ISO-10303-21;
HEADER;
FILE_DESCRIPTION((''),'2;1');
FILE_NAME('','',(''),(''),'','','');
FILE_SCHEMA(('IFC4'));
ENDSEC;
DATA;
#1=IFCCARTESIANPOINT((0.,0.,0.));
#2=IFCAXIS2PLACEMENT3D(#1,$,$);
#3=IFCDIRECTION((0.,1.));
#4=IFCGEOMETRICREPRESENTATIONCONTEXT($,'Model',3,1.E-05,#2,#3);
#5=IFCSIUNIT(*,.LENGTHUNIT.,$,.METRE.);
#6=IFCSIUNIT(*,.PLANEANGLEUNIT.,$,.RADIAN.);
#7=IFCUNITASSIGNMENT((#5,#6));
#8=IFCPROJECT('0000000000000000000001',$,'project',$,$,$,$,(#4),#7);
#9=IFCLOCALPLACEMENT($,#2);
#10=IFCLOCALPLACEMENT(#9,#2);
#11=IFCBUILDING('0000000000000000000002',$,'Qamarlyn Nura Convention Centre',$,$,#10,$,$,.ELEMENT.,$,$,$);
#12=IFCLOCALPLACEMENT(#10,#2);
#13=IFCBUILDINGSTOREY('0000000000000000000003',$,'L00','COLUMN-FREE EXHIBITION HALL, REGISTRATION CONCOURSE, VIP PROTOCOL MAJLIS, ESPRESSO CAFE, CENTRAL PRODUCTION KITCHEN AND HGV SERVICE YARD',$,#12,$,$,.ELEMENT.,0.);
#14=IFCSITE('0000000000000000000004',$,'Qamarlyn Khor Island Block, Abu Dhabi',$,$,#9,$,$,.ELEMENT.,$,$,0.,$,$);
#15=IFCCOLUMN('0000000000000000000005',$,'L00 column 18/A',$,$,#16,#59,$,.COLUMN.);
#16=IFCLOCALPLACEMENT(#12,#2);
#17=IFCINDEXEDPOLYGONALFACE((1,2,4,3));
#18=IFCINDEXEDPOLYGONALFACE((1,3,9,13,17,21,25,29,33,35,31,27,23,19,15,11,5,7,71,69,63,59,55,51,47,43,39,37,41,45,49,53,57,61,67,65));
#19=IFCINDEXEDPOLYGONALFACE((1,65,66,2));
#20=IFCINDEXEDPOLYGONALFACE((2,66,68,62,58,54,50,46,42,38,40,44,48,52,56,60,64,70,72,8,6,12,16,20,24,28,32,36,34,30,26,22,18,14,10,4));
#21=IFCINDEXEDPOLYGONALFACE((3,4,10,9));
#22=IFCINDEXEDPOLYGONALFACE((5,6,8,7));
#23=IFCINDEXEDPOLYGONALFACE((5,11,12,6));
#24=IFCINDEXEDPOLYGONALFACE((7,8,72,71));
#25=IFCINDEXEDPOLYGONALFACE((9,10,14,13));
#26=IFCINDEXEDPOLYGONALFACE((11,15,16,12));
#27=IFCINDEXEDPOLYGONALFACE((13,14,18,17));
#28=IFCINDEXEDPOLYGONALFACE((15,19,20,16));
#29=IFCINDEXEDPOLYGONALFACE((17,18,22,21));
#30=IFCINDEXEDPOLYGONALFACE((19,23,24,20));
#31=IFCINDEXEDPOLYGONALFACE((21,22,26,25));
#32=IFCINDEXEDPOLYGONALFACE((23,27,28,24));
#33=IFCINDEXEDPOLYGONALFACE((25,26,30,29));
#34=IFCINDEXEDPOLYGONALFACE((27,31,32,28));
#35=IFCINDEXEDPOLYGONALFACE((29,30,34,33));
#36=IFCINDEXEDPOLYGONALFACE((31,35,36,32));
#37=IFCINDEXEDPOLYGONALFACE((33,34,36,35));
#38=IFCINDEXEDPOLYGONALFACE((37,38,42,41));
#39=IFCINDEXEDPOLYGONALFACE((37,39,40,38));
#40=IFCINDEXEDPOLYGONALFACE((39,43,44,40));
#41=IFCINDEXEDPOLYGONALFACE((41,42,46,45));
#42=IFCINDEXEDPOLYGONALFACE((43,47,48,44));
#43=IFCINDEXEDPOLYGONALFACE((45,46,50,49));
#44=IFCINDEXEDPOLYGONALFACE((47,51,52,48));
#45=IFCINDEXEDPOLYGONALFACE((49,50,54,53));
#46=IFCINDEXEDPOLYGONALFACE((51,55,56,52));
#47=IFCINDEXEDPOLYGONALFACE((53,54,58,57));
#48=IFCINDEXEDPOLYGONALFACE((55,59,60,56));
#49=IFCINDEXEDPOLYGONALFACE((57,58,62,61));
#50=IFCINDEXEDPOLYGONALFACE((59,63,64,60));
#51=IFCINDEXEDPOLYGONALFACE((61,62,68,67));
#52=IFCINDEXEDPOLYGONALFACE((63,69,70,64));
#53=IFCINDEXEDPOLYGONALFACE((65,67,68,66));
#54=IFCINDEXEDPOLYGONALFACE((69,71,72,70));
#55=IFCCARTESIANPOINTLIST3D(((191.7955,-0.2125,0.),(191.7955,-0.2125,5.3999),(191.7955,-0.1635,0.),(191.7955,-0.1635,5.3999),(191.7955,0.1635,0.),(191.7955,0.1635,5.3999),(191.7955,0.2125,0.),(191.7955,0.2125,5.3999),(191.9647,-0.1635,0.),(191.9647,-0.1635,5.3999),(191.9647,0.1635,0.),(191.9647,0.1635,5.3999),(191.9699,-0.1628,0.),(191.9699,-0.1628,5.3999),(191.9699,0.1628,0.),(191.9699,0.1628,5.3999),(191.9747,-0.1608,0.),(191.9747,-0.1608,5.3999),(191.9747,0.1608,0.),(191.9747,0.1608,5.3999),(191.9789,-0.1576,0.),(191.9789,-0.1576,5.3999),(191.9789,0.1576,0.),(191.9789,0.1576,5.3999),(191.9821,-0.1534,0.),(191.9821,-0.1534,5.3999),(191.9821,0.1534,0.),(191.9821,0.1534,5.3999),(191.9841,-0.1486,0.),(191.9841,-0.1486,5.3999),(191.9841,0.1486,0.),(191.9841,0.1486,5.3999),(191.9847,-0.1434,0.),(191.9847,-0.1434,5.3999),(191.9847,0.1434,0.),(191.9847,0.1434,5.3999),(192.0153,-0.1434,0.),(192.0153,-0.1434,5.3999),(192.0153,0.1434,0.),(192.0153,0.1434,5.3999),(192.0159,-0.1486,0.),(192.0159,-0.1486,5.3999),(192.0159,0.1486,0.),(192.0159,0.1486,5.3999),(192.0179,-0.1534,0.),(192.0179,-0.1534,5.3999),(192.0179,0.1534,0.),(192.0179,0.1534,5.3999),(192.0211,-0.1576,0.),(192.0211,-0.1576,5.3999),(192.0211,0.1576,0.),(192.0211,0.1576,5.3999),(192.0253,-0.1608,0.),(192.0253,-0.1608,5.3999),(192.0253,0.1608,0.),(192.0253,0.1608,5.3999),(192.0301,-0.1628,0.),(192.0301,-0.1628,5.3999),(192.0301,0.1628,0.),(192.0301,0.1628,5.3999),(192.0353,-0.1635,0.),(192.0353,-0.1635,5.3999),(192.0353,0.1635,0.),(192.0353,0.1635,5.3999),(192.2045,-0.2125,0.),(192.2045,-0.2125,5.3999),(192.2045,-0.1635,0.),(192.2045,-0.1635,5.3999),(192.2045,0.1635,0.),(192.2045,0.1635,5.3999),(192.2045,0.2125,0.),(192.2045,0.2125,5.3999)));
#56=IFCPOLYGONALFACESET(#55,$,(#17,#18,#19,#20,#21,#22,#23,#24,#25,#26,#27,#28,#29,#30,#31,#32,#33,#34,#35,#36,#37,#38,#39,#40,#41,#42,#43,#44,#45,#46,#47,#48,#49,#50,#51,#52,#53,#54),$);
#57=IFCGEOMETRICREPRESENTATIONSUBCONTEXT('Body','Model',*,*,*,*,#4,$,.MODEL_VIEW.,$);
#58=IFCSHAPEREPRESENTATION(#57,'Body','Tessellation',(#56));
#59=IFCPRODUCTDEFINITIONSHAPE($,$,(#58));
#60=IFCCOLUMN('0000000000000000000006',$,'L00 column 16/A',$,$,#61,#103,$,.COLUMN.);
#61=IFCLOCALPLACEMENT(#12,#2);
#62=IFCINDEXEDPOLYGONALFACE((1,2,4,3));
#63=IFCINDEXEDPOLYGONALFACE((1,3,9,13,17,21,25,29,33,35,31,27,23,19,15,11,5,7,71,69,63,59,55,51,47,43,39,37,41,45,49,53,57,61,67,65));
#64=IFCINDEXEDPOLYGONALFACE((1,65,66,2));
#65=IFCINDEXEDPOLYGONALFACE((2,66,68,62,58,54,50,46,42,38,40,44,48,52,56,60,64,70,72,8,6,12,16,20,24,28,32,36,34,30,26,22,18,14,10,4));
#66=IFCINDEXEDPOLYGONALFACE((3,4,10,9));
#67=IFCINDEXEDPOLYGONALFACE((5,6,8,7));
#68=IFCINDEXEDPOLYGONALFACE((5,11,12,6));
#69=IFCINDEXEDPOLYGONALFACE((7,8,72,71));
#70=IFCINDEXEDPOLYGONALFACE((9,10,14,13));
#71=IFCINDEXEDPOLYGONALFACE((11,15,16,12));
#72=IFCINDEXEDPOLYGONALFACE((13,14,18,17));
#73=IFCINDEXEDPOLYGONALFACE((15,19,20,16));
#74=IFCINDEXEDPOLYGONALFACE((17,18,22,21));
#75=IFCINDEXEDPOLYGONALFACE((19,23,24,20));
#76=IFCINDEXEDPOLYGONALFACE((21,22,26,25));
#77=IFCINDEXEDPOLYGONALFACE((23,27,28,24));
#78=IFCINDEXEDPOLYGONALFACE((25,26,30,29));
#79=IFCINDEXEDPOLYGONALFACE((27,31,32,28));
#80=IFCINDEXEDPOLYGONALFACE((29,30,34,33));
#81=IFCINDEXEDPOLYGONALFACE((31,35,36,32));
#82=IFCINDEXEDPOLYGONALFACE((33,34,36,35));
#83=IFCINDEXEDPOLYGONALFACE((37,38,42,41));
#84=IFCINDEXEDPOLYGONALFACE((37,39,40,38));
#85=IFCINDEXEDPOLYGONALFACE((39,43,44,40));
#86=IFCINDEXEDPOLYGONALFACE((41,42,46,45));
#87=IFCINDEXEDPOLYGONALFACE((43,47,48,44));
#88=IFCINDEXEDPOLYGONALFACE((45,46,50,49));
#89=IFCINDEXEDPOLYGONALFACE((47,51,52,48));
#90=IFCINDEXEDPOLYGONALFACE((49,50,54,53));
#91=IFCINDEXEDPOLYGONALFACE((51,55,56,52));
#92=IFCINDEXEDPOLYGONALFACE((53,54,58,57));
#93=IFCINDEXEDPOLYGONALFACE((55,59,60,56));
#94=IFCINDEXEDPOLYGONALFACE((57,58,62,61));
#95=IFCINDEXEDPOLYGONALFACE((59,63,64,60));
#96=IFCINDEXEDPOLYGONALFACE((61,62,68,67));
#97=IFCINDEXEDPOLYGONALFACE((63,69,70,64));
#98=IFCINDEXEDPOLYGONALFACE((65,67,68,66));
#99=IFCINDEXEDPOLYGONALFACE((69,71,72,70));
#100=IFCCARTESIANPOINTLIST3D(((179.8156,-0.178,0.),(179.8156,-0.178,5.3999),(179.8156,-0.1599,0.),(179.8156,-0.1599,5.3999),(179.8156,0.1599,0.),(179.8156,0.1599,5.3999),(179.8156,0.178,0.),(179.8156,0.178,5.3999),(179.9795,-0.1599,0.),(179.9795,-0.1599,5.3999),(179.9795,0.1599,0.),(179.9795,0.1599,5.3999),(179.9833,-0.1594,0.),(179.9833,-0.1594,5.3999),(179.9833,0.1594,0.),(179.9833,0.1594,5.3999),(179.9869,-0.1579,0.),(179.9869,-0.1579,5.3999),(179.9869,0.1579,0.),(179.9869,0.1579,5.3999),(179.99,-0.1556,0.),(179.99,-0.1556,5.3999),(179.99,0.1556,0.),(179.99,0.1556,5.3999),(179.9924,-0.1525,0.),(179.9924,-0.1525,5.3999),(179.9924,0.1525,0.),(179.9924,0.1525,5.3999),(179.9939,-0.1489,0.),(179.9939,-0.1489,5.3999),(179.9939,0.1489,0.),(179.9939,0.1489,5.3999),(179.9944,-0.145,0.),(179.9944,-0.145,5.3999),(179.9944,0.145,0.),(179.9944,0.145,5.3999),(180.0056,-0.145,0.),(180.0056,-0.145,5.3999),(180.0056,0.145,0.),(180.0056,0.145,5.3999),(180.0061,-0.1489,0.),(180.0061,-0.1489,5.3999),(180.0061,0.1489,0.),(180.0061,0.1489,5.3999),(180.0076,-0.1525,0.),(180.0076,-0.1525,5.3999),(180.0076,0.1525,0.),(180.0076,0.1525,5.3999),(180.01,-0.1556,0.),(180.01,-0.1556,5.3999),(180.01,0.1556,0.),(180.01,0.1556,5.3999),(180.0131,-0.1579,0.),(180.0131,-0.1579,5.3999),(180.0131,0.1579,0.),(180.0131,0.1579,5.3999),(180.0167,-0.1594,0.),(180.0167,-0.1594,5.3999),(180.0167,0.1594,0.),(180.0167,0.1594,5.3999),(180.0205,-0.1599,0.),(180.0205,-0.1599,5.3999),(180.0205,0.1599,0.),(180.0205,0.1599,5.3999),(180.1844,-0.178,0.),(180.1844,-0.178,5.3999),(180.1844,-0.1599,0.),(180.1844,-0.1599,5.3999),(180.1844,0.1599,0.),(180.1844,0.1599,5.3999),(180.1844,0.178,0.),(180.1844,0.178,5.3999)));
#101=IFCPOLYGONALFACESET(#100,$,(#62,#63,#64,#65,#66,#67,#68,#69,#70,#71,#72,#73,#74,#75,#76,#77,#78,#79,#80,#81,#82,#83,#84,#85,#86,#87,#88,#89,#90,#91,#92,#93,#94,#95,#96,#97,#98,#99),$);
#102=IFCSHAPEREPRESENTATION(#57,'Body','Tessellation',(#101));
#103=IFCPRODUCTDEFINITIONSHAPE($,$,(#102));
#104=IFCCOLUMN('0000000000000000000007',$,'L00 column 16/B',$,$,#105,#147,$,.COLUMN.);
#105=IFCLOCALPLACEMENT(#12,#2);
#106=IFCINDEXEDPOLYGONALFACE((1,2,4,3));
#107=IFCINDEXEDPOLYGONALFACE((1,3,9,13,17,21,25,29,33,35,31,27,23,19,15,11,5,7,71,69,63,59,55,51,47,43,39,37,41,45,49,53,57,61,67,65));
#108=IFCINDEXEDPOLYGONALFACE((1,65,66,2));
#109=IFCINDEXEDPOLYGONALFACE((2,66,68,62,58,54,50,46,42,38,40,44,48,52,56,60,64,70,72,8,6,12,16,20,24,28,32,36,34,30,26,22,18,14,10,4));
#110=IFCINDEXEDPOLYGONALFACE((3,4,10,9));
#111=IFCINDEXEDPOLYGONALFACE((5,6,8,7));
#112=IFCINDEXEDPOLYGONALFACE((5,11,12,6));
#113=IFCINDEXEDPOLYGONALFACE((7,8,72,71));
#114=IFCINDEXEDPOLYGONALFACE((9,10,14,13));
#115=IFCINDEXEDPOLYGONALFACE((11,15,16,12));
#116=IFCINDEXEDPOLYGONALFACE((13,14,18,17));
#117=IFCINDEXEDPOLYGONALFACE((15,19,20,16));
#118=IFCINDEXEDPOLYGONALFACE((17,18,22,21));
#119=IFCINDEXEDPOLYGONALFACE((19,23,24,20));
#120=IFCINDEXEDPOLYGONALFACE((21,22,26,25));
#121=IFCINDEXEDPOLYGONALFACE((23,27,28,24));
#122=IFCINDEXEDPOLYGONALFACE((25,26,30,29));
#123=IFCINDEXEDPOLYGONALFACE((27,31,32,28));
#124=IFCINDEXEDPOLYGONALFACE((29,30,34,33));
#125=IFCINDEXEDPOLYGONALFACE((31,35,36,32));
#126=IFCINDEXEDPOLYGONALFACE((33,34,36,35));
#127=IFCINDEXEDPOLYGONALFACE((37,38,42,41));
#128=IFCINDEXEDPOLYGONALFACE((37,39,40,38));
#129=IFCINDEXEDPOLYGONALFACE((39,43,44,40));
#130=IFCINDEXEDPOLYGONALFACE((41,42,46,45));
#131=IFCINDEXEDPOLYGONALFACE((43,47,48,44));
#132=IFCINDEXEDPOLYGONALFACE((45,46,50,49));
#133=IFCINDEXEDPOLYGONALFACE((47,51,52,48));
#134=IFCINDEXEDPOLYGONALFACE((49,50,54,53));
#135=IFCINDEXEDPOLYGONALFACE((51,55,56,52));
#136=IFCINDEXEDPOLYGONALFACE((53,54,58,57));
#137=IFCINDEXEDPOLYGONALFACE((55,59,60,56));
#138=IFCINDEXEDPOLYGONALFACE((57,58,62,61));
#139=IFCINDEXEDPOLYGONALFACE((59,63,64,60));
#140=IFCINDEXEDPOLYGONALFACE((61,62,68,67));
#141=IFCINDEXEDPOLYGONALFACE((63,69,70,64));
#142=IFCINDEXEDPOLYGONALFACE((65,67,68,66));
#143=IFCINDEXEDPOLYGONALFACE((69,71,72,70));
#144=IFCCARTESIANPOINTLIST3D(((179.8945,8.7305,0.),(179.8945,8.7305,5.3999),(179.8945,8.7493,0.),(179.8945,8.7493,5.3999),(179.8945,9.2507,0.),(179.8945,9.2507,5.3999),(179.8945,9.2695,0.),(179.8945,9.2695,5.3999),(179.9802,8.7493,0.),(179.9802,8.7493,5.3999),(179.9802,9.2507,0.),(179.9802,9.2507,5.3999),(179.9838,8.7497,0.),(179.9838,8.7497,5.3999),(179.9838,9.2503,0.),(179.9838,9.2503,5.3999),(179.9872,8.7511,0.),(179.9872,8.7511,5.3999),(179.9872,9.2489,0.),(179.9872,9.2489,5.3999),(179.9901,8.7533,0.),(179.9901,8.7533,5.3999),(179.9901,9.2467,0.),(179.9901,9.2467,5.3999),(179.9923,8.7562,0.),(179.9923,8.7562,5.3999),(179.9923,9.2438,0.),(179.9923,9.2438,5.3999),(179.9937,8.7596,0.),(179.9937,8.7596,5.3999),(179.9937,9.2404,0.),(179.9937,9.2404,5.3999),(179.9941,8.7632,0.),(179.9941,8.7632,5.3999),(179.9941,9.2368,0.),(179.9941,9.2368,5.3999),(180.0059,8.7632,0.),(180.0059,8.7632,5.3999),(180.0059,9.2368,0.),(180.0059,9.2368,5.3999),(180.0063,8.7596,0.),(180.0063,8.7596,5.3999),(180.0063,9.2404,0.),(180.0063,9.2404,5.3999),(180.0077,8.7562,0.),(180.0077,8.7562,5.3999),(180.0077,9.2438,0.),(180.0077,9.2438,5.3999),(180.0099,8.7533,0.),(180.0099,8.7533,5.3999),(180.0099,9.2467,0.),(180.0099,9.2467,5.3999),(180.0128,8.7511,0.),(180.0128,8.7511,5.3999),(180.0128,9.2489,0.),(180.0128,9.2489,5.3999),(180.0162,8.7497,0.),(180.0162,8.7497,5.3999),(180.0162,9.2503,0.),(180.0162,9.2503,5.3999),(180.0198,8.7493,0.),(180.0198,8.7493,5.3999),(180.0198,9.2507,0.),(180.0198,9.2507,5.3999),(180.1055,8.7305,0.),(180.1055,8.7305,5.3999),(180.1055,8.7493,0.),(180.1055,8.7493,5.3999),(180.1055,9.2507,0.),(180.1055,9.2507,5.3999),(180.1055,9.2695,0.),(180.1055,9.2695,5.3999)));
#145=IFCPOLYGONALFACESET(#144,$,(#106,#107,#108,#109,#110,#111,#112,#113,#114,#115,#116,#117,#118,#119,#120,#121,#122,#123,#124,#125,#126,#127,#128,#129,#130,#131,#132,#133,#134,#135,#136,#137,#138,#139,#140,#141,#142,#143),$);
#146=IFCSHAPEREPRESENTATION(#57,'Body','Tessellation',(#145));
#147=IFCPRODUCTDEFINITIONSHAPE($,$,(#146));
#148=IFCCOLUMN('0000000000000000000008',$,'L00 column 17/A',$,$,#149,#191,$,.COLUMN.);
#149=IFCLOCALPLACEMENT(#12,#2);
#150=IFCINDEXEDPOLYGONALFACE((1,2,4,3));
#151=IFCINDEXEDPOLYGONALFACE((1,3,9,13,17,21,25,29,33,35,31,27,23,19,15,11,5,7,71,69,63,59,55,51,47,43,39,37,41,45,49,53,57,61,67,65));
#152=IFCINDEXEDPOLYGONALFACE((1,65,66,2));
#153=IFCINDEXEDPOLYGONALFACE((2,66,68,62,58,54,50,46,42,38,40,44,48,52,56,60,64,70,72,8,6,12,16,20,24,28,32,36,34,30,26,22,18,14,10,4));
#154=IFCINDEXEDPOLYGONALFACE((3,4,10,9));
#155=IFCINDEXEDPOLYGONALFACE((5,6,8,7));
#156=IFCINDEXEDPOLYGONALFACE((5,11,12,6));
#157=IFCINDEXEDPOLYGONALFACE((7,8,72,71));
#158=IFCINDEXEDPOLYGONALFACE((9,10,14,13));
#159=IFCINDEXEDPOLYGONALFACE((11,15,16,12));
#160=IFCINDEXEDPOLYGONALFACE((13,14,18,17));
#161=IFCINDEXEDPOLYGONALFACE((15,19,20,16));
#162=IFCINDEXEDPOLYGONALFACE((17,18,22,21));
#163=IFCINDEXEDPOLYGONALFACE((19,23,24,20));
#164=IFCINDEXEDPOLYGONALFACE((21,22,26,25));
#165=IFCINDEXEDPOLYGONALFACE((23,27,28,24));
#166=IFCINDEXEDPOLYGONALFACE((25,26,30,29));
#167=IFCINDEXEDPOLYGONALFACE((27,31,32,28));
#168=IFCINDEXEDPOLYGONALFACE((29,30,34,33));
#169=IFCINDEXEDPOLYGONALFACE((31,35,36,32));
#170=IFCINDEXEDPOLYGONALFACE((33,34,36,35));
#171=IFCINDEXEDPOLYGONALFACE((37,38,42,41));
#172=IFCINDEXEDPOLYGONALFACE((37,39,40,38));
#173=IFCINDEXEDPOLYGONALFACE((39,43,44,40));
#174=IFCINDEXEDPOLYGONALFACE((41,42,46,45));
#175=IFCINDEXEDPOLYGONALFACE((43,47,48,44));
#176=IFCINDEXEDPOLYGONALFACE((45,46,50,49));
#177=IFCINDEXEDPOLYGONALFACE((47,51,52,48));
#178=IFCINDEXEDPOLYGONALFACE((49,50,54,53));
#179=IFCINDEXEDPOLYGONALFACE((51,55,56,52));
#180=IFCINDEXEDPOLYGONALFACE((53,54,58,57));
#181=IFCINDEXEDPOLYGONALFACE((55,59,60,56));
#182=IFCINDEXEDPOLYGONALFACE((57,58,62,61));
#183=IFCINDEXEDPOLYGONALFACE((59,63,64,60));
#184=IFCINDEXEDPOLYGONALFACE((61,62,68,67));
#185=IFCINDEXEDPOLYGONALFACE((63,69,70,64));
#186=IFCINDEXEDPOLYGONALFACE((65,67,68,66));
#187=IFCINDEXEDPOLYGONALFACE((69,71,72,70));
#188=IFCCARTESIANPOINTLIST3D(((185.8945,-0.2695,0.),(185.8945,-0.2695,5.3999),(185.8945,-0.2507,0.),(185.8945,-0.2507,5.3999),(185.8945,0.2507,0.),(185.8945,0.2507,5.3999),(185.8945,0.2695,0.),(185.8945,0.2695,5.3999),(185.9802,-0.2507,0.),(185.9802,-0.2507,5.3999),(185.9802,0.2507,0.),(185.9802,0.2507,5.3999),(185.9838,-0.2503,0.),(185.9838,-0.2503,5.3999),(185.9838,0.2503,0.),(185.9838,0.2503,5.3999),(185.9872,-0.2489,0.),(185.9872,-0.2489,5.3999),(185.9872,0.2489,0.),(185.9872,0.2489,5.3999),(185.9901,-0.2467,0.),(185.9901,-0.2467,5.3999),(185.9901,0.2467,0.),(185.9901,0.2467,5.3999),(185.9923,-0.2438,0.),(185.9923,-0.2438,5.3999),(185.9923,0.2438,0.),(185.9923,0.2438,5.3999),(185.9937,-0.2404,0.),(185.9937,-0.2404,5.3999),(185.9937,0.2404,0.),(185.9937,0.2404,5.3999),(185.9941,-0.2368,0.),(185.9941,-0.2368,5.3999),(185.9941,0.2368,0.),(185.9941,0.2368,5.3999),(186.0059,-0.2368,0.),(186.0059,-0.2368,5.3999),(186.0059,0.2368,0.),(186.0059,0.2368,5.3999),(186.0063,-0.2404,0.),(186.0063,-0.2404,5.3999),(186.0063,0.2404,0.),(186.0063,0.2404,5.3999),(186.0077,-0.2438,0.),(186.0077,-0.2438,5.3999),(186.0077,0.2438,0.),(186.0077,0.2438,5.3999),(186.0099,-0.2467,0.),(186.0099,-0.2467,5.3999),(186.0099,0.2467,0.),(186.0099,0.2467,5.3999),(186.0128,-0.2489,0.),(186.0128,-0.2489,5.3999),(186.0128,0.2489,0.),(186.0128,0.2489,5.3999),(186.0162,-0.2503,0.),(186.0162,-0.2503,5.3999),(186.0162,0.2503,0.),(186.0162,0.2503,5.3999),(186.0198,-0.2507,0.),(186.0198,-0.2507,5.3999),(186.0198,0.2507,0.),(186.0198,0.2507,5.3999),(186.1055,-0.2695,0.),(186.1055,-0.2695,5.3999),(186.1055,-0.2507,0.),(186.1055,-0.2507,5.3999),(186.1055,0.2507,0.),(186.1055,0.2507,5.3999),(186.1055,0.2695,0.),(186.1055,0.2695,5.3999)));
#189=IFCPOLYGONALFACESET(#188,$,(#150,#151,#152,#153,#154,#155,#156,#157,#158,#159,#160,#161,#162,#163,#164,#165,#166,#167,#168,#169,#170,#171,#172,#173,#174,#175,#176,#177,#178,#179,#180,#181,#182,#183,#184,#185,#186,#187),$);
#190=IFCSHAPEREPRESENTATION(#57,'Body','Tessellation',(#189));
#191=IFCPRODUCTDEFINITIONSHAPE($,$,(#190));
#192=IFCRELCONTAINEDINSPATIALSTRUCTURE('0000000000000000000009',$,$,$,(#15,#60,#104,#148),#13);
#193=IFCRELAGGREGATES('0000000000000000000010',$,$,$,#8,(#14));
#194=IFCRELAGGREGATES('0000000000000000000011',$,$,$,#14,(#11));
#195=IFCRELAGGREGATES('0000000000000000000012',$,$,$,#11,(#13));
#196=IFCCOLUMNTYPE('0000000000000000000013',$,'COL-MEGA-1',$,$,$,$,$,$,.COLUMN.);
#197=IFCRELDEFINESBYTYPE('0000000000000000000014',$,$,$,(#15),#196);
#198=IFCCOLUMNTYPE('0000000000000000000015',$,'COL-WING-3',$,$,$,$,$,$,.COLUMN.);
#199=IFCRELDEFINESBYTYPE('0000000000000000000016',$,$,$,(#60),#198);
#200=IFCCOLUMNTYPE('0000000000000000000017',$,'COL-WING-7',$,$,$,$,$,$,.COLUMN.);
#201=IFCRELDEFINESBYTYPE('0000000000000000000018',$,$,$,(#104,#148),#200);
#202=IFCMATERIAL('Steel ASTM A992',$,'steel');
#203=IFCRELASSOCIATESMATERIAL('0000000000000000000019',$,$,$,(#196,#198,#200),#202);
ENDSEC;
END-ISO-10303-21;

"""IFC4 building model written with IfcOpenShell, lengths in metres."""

from ifc_helpers import new_model, si_unit, direction, frame, origin, origin_2d, place, context, subcontext, project, spatial, i_section, extrude, material, material_profile, profile_set, type_object, element, save


model = new_model("IFC4")

# Units and contexts
model_context = context("Model", 3, precision=1e-05, world=origin(), true_north=direction((0.0, 1.0)))
body_context = subcontext(model_context, "Body", "Model", "MODEL_VIEW")
ifc_project = project(units=[si_unit("LENGTHUNIT", "METRE"), si_unit("PLANEANGLEUNIT", "RADIAN")], contexts=[model_context])

# Site, building, storey
site_placement = place(None, origin())
site = spatial("IfcSite", under=ifc_project, at=site_placement, Name="Qamarlyn Khor Island Block, Abu Dhabi", CompositionType="ELEMENT", RefElevation=0.0)
building_placement = place(site_placement, origin())
building = spatial("IfcBuilding", under=site, at=building_placement, Name="Qamarlyn Nura Convention Centre", CompositionType="ELEMENT")
storey_placement = place(building_placement, origin())
storey = spatial("IfcBuildingStorey", under=building, at=storey_placement, Name="L00", Description="COLUMN-FREE EXHIBITION HALL, REGISTRATION CONCOURSE, VIP PROTOCOL MAJLIS, ESPRESSO CAFE, CENTRAL PRODUCTION KITCHEN AND HGV SERVICE YARD", CompositionType="ELEMENT", Elevation=0.0)

# Columns
ifc_material_1 = material(Name="Steel ASTM A992", Category="steel")
ifc_material_profile_1 = material_profile(ifc_material_1, i_section(OverallWidth=0.4089, OverallDepth=0.425, WebThickness=0.0305, FlangeThickness=0.0491, FilletRadius=0.02, at=origin_2d()), Name="W360X421")
ifc_profile_set_1 = profile_set([ifc_material_profile_1], Name="Steel ASTM A992")
column_type_1 = type_object("IfcColumnType", Name="COL-MEGA-1", PredefinedType="COLUMN", material=ifc_profile_set_1)
column_1_placement = place(storey_placement, frame((192.0, 0.0, 0.0), z_axis=(0.0, 0.0, 1.0), x_axis=(1.0, 0.0, 0.0)))
element("IfcColumn", 1, at=column_1_placement, inside=storey, type_object=column_type_1, Name="L00 column 18/A", PredefinedType="COLUMN", context=body_context, shape_type="SweptSolid", body=[
    extrude(i_section(OverallWidth=0.4089, OverallDepth=0.425, WebThickness=0.0305, FlangeThickness=0.0491, FilletRadius=0.02, at=origin_2d()), origin(), (0.0, 0.0, 1.0), 5.3999),
])
ifc_material_profile_2 = material_profile(ifc_material_1, i_section(OverallWidth=0.3689, OverallDepth=0.356, WebThickness=0.0112, FlangeThickness=0.0181, FilletRadius=0.0149, at=origin_2d()), Name="W360X134")
ifc_profile_set_2 = profile_set([ifc_material_profile_2], Name="Steel ASTM A992")
column_type_2 = type_object("IfcColumnType", Name="COL-WING-3", PredefinedType="COLUMN", material=ifc_profile_set_2)
column_2_placement = place(storey_placement, frame((180.0, 0.0, 0.0), z_axis=(0.0, 0.0, 1.0), x_axis=(1.0, 0.0, 0.0)))
element("IfcColumn", 2, at=column_2_placement, inside=storey, type_object=column_type_2, Name="L00 column 16/A", PredefinedType="COLUMN", context=body_context, shape_type="SweptSolid", body=[
    extrude(i_section(OverallWidth=0.3689, OverallDepth=0.356, WebThickness=0.0112, FlangeThickness=0.0181, FilletRadius=0.0149, at=origin_2d()), origin(), (0.0, 0.0, 1.0), 5.3999),
])
ifc_material_profile_3 = material_profile(ifc_material_1, i_section(OverallWidth=0.2109, OverallDepth=0.5391, WebThickness=0.0117, FlangeThickness=0.0188, FilletRadius=0.0139, at=origin_2d()), Name="W530X109")
ifc_profile_set_3 = profile_set([ifc_material_profile_3], Name="Steel ASTM A992")
column_type_3 = type_object("IfcColumnType", Name="COL-WING-7", PredefinedType="COLUMN", material=ifc_profile_set_3)
for number, where, z_axis, x_axis, name in (
    (3, (180.0, 9.0, 0.0), (0.0, 0.0, 1.0), (1.0, 0.0, 0.0), "L00 column 16/B"),
    (4, (186.0, 0.0, 0.0), (0.0, 0.0, 1.0), (1.0, 0.0, 0.0), "L00 column 17/A"),
):
    element("IfcColumn", number, at=place(storey_placement, frame(where, z_axis=z_axis, x_axis=x_axis)), inside=storey, type_object=column_type_3, Name=name, PredefinedType="COLUMN", context=body_context, shape_type="SweptSolid", body=[
        extrude(i_section(OverallWidth=0.2109, OverallDepth=0.5391, WebThickness=0.0117, FlangeThickness=0.0188, FilletRadius=0.0139, at=origin_2d()), origin(), (0.0, 0.0, 1.0), 5.3999),
    ])

save(model, "model.ifc")
